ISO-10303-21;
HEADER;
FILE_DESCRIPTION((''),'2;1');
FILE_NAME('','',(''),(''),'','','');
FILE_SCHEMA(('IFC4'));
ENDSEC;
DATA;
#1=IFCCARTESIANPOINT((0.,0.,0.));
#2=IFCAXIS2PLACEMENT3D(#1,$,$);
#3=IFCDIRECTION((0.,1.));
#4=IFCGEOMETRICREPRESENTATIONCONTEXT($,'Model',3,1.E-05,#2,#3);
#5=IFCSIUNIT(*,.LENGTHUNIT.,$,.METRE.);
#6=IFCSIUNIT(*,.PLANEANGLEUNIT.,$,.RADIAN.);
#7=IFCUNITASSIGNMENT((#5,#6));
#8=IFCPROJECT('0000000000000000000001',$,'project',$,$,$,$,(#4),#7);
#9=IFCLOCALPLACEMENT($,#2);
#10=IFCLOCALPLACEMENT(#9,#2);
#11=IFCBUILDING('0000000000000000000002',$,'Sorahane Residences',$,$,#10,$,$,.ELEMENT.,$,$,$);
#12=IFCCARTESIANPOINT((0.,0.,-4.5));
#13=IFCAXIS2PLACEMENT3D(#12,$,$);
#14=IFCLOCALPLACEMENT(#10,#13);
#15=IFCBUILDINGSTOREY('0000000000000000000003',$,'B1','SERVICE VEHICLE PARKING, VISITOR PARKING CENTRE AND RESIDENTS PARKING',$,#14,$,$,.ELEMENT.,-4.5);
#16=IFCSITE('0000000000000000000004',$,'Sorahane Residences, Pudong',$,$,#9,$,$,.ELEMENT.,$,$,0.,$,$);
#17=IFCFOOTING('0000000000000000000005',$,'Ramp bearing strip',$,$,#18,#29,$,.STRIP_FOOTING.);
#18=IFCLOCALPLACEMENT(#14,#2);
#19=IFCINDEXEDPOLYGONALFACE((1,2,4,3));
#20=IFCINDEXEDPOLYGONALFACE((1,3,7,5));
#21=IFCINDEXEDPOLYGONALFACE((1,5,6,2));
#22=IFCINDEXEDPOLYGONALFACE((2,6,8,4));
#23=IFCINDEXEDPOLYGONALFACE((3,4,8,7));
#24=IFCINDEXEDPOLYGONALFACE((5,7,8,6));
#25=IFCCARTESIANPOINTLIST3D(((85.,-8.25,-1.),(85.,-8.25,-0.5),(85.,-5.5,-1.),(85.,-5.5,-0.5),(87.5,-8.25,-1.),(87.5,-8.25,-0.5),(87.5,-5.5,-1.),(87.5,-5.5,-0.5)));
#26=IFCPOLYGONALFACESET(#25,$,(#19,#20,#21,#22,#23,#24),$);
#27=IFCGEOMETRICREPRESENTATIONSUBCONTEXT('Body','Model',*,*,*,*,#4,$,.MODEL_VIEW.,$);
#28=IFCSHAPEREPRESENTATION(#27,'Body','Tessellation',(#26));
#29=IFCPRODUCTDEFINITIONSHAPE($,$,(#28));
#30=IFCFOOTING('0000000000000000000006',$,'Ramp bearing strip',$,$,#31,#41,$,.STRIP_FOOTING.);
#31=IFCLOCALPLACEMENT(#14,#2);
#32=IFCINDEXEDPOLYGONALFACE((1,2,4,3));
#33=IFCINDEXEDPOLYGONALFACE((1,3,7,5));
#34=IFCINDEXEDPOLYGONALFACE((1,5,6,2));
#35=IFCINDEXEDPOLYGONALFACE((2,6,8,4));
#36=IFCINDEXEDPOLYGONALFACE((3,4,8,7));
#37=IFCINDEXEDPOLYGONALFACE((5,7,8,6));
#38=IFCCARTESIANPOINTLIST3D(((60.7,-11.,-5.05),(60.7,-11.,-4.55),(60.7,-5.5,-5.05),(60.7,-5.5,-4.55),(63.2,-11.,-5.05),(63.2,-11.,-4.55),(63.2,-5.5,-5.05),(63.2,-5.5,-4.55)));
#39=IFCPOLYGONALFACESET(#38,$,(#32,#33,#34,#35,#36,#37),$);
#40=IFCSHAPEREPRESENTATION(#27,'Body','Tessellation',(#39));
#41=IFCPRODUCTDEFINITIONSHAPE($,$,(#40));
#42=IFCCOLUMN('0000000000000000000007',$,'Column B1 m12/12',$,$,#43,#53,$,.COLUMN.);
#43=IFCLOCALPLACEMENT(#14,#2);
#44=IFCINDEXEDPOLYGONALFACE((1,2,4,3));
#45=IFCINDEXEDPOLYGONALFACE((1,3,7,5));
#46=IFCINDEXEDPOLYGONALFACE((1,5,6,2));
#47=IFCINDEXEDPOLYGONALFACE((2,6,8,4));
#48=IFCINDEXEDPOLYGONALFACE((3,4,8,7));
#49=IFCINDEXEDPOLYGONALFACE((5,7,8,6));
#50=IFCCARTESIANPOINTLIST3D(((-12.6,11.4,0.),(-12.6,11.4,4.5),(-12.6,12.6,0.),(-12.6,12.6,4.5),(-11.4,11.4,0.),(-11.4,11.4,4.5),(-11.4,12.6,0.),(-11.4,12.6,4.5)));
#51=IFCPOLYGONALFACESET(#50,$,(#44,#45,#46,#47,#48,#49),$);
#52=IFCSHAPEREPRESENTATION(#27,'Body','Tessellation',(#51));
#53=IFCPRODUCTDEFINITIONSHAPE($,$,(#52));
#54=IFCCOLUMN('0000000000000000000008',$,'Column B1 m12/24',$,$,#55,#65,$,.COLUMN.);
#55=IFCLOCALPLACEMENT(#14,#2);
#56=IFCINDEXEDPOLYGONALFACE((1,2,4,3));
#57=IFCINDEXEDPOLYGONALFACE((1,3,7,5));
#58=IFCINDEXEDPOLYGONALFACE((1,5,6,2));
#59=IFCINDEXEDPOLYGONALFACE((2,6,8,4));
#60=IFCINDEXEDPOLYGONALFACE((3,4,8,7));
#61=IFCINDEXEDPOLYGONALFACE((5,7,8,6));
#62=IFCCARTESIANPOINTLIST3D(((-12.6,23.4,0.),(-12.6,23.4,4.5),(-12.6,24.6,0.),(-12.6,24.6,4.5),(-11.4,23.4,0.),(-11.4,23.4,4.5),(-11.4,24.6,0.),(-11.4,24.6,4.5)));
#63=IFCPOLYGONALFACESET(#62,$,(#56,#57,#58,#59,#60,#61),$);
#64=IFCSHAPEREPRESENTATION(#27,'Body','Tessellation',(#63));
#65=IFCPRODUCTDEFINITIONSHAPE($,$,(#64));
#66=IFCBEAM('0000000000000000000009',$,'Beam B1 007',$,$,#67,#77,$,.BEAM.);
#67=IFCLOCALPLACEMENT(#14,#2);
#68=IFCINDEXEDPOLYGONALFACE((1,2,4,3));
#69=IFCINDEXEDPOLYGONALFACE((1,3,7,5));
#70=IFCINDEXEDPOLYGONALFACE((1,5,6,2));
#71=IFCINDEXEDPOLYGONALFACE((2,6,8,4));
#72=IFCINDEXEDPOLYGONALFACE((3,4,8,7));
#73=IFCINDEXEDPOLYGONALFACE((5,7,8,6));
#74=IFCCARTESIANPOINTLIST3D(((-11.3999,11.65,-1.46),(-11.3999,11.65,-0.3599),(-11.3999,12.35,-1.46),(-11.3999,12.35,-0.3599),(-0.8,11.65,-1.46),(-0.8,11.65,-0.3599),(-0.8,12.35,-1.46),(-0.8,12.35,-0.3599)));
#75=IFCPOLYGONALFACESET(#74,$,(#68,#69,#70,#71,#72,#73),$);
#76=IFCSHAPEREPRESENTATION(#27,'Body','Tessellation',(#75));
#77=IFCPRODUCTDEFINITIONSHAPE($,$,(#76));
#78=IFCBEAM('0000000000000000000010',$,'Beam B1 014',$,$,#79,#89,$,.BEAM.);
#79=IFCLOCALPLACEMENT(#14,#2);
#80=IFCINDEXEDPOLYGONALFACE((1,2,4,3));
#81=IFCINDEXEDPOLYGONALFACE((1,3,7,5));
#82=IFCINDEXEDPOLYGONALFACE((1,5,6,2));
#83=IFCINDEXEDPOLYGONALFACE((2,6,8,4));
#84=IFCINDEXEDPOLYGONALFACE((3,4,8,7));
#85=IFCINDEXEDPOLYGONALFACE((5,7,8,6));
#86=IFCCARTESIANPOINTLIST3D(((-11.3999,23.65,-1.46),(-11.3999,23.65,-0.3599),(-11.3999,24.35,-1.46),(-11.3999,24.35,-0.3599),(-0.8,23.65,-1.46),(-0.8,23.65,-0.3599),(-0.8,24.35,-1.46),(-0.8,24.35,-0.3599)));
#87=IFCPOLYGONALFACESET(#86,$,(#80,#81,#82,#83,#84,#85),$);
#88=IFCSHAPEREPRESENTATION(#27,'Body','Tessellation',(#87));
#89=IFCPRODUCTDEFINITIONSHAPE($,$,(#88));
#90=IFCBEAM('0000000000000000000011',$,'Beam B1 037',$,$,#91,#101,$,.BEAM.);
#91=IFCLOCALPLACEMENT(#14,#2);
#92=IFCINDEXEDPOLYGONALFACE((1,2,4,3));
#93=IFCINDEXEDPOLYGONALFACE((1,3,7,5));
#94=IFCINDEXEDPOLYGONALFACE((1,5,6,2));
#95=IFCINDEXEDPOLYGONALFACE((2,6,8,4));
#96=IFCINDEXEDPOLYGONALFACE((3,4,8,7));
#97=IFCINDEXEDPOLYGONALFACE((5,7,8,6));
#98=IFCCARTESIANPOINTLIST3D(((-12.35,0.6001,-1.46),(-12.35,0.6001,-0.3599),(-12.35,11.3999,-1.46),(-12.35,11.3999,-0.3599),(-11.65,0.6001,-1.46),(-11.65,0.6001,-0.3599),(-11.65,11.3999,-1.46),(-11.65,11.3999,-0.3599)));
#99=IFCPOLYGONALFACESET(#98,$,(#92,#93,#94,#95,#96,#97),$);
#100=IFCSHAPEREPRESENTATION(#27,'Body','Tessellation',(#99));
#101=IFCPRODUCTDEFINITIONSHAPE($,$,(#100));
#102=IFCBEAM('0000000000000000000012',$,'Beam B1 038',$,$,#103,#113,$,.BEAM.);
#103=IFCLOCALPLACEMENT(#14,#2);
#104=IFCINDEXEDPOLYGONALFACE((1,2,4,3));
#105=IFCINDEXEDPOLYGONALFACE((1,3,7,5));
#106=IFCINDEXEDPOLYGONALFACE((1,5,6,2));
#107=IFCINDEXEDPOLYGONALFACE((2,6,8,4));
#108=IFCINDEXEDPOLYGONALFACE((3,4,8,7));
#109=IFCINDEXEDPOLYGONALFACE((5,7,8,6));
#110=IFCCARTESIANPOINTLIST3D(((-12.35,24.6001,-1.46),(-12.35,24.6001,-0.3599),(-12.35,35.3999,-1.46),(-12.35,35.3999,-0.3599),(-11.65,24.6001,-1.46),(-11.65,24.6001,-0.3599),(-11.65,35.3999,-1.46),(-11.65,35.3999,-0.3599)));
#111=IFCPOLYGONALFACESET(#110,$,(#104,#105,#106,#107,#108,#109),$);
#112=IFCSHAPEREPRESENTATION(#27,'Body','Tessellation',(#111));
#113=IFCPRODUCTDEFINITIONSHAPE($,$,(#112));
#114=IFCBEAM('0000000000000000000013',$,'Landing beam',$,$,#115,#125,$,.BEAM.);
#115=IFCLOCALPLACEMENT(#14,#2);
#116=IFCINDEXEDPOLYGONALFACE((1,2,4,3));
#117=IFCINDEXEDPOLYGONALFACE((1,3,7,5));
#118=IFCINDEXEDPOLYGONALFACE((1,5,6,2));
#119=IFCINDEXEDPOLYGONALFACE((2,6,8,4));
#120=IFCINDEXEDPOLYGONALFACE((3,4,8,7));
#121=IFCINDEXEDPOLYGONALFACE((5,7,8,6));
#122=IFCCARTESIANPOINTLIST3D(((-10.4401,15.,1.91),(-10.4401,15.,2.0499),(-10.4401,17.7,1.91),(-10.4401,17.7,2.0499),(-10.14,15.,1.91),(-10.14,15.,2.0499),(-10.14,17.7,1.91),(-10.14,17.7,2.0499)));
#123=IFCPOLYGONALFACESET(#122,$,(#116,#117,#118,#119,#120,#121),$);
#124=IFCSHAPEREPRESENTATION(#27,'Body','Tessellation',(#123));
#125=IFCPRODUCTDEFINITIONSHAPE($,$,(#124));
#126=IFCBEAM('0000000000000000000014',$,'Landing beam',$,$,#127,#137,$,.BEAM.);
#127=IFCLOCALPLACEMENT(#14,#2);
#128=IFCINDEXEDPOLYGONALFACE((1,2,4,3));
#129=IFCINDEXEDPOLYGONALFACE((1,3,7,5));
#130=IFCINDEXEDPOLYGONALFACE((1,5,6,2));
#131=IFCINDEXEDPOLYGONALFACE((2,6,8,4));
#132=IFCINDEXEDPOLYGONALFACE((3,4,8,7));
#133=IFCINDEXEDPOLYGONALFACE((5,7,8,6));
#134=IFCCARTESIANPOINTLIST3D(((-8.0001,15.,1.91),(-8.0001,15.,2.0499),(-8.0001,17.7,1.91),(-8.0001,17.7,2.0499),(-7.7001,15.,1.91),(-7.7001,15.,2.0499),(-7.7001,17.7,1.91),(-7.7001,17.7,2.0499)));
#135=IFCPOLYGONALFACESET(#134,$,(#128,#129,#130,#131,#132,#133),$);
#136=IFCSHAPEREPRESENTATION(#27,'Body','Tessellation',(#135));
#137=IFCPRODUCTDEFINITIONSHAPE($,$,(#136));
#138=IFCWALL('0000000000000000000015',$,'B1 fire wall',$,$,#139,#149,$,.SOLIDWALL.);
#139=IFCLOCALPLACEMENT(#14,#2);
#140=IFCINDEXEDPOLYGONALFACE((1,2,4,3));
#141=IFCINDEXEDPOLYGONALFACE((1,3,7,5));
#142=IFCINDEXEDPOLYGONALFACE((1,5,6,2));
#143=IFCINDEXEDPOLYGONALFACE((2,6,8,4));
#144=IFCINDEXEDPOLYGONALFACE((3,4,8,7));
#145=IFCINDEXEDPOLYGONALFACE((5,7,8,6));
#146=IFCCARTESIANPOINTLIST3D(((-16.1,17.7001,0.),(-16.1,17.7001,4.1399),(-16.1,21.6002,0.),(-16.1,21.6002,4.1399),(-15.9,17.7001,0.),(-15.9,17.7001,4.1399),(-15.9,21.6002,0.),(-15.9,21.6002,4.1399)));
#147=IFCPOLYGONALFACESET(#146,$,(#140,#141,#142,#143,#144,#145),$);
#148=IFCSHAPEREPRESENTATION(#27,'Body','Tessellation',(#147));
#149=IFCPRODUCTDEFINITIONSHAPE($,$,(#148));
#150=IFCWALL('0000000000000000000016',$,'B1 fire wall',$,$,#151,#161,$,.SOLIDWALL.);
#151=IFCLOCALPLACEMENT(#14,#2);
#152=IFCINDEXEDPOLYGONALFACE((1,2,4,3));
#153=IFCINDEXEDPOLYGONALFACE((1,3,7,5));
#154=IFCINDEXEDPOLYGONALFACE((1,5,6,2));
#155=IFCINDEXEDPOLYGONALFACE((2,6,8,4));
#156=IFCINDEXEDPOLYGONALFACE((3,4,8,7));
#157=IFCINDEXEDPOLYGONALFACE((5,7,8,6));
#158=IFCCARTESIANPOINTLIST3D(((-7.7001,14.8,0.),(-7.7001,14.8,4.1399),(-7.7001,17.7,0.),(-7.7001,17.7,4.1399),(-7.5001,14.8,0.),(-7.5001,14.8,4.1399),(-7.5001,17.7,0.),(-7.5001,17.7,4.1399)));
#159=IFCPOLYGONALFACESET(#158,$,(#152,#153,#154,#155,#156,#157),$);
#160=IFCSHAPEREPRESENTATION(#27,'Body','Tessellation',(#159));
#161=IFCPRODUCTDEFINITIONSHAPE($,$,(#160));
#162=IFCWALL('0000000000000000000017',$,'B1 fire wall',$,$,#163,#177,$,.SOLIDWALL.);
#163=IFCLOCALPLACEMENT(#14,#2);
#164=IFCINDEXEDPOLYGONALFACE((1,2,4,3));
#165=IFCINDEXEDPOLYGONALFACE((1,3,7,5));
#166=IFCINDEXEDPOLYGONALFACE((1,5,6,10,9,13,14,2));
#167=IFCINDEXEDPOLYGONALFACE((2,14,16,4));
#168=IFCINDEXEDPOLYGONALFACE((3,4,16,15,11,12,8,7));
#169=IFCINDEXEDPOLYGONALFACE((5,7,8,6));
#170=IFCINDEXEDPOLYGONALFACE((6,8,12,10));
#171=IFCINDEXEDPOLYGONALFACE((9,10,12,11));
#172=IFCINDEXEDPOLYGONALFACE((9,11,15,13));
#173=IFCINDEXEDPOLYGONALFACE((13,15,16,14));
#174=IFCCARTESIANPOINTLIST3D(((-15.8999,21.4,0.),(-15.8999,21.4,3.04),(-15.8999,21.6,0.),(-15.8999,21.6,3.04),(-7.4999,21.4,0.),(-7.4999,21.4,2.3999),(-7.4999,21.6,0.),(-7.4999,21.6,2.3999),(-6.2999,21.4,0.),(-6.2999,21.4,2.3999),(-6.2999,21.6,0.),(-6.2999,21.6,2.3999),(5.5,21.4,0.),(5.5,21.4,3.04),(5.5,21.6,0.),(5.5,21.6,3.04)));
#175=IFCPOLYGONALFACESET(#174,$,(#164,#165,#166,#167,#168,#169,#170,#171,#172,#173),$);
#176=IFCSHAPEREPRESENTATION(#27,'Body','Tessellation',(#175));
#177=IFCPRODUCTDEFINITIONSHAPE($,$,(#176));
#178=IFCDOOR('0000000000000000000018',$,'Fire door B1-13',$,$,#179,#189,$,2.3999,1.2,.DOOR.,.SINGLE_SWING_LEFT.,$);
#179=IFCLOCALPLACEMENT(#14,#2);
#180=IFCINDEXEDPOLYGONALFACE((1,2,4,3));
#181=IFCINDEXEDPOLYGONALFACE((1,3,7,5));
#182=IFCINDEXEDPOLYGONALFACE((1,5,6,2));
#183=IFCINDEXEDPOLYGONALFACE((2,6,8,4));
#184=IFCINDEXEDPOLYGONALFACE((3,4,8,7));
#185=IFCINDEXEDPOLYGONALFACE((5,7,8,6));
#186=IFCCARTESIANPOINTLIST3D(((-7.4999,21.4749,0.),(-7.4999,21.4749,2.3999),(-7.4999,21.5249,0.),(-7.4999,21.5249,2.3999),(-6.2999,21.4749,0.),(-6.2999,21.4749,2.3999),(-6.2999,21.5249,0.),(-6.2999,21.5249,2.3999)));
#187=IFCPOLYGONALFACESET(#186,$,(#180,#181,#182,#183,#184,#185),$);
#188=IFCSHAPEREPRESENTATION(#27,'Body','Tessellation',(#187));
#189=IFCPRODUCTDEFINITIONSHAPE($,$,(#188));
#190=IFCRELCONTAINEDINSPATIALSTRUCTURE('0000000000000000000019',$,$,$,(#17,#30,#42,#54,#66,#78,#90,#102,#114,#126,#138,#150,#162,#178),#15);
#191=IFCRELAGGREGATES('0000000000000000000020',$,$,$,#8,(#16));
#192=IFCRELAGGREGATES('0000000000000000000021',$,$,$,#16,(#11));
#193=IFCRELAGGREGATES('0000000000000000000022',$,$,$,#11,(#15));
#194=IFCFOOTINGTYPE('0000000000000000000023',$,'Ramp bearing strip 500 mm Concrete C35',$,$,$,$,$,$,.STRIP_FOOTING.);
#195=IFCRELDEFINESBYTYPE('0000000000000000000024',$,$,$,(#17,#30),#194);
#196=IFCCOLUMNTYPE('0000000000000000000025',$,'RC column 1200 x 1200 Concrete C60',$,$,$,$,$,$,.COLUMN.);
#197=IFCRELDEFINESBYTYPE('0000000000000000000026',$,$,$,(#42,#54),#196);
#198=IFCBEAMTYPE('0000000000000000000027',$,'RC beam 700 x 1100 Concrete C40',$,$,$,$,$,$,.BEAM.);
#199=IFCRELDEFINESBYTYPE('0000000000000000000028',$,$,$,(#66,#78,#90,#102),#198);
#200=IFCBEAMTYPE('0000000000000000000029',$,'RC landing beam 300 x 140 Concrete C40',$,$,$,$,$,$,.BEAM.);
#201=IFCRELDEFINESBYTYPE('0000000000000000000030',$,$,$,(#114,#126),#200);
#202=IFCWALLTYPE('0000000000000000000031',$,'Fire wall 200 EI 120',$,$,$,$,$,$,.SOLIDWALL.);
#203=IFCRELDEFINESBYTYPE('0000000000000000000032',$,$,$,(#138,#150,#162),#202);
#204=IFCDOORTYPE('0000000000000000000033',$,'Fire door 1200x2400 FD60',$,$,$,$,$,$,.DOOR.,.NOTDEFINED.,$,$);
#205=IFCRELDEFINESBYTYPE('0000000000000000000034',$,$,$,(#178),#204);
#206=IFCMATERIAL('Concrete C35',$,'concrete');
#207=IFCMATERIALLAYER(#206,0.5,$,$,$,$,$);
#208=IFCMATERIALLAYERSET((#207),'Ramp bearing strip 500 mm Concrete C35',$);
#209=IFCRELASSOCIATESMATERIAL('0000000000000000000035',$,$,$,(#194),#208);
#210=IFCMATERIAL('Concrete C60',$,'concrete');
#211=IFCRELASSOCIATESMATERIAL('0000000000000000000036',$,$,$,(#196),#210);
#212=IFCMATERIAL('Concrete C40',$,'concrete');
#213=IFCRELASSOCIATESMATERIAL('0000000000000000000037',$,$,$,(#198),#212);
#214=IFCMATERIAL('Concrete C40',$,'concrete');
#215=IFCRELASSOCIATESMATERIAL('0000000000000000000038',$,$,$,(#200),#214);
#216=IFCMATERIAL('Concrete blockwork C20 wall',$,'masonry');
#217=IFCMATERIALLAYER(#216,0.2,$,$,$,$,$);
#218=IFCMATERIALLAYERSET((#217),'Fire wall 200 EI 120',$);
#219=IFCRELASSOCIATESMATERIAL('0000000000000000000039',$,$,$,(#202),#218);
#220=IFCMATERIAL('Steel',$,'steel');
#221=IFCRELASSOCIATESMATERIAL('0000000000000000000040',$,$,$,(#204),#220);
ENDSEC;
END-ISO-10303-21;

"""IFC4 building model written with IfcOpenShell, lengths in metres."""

from ifc_helpers import new_model, si_unit, direction, frame, frame_2d, origin, origin_2d, place, context, subcontext, project, spatial, polyline, rectangle, outline, extrude, material, layer, layer_set, material_profile, profile_set, type_object, element, fill, save


model = new_model("IFC4")

# Units and contexts
model_context = context("Model", 3, precision=1e-05, world=origin(), true_north=direction((0.0, 1.0)))
body_context = subcontext(model_context, "Body", "Model", "MODEL_VIEW")
ifc_project = project(units=[si_unit("LENGTHUNIT", "METRE"), si_unit("PLANEANGLEUNIT", "RADIAN")], contexts=[model_context])

# Site, building, storey
site_placement = place(None, origin())
site = spatial("IfcSite", under=ifc_project, at=site_placement, Name="Sorahane Residences, Pudong", CompositionType="ELEMENT", RefElevation=0.0)
building_placement = place(site_placement, origin())
building = spatial("IfcBuilding", under=site, at=building_placement, Name="Sorahane Residences", CompositionType="ELEMENT")
storey_placement = place(building_placement, frame((0.0, 0.0, -4.5)))
storey = spatial("IfcBuildingStorey", under=building, at=storey_placement, Name="B1", Description="SERVICE VEHICLE PARKING, VISITOR PARKING CENTRE AND RESIDENTS PARKING", CompositionType="ELEMENT", Elevation=-4.5)

# Footings
ifc_material_1 = material(Name="Concrete C35", Category="concrete")
ifc_layer_1 = layer(ifc_material_1, 0.5)
ifc_layer_set_1 = layer_set([ifc_layer_1], Name="Ramp bearing strip 500 mm Concrete C35")
footing_type = type_object("IfcFootingType", Name="Ramp bearing strip 500 mm Concrete C35", PredefinedType="STRIP_FOOTING", material=ifc_layer_set_1)
footing_1_placement = place(storey_placement, frame((0.0, 0.0, -1.0)))
element("IfcFooting", 1, at=footing_1_placement, inside=storey, type_object=footing_type, Name="Ramp bearing strip", PredefinedType="STRIP_FOOTING", context=body_context, shape_type="SweptSolid", body=[
    extrude(outline(polyline([(85.0, -8.25), (87.5, -8.25), (87.5, -5.5), (85.0, -5.5), (85.0, -8.25)])), origin(), (0.0, 0.0, 1.0), 0.5),
])
footing_2_placement = place(storey_placement, frame((0.0, 0.0, -5.05)))
element("IfcFooting", 2, at=footing_2_placement, inside=storey, type_object=footing_type, Name="Ramp bearing strip", PredefinedType="STRIP_FOOTING", context=body_context, shape_type="SweptSolid", body=[
    extrude(outline(polyline([(60.7, -11.0), (63.2, -11.0), (63.2, -5.5), (60.7, -5.5), (60.7, -11.0)])), origin(), (0.0, 0.0, 1.0), 0.5),
])

# Columns
ifc_material_2 = material(Name="Concrete C60", Category="concrete")
ifc_material_profile_1 = material_profile(ifc_material_2, rectangle(XDim=1.2, YDim=1.2, at=origin_2d()), Name="1200x1200")
ifc_profile_set_1 = profile_set([ifc_material_profile_1], Name="Concrete C60")
column_type = type_object("IfcColumnType", Name="RC column 1200 x 1200 Concrete C60", PredefinedType="COLUMN", material=ifc_profile_set_1)
for number, where, z_axis, x_axis, name in (
    (3, (-12.0, 12.0, 0.0), (0.0, 0.0, 1.0), (1.0, 0.0, 0.0), "Column B1 m12/12"),
    (4, (-12.0, 24.0, 0.0), (0.0, 0.0, 1.0), (1.0, 0.0, 0.0), "Column B1 m12/24"),
):
    element("IfcColumn", number, at=place(storey_placement, frame(where, z_axis=z_axis, x_axis=x_axis)), inside=storey, type_object=column_type, Name=name, PredefinedType="COLUMN", context=body_context, shape_type="SweptSolid", body=[
        extrude(rectangle(XDim=1.2, YDim=1.2, at=origin_2d()), origin(), (0.0, 0.0, 1.0), 4.5),
    ])

# Beams
ifc_material_3 = material(Name="Concrete C40", Category="concrete")
ifc_material_profile_2 = material_profile(ifc_material_3, rectangle(XDim=0.7, YDim=1.1001, at=origin_2d()), Name="700x1100")
ifc_profile_set_2 = profile_set([ifc_material_profile_2], Name="Concrete C40")
beam_type_1 = type_object("IfcBeamType", Name="RC beam 700 x 1100 Concrete C40", PredefinedType="BEAM", material=ifc_profile_set_2)
for number, where, z_axis, x_axis, name in (
    (5, (-11.3999, 12.0, -0.9099), (1.0, 0.0, 0.0), (0.0, 1.0, 0.0), "Beam B1 007"),
    (6, (-11.3999, 24.0, -0.9099), (1.0, 0.0, 0.0), (0.0, 1.0, 0.0), "Beam B1 014"),
):
    element("IfcBeam", number, at=place(storey_placement, frame(where, z_axis=z_axis, x_axis=x_axis)), inside=storey, type_object=beam_type_1, Name=name, PredefinedType="BEAM", context=body_context, shape_type="SweptSolid", body=[
        extrude(rectangle(XDim=0.7, YDim=1.1001, at=origin_2d()), origin(), (0.0, 0.0, 1.0), 10.5999),
    ])
for number, where, z_axis, x_axis, name in (
    (7, (-12.0, 0.6001, -0.9099), (0.0, 1.0, 0.0), (-1.0, 0.0, 0.0), "Beam B1 037"),
    (8, (-12.0, 24.6001, -0.9099), (0.0, 1.0, 0.0), (-1.0, 0.0, 0.0), "Beam B1 038"),
):
    element("IfcBeam", number, at=place(storey_placement, frame(where, z_axis=z_axis, x_axis=x_axis)), inside=storey, type_object=beam_type_1, Name=name, PredefinedType="BEAM", context=body_context, shape_type="SweptSolid", body=[
        extrude(rectangle(XDim=0.7, YDim=1.1001, at=origin_2d()), origin(), (0.0, 0.0, 1.0), 10.7998),
    ])
ifc_material_4 = material(Name="Concrete C40", Category="concrete")
ifc_material_profile_3 = material_profile(ifc_material_4, rectangle(XDim=0.3, YDim=0.1399, at=origin_2d()), Name="300x140")
ifc_profile_set_3 = profile_set([ifc_material_profile_3], Name="Concrete C40")
beam_type_2 = type_object("IfcBeamType", Name="RC landing beam 300 x 140 Concrete C40", PredefinedType="BEAM", material=ifc_profile_set_3)
for number, where, z_axis, x_axis, name in (
    (9, (-10.29, 15.0, 1.98), (0.0, 1.0, 0.0), (-1.0, 0.0, 0.0), "Landing beam"),
    (10, (-7.8501, 15.0, 1.98), (0.0, 1.0, 0.0), (-1.0, 0.0, 0.0), "Landing beam"),
):
    element("IfcBeam", number, at=place(storey_placement, frame(where, z_axis=z_axis, x_axis=x_axis)), inside=storey, type_object=beam_type_2, Name=name, PredefinedType="BEAM", context=body_context, shape_type="SweptSolid", body=[
        extrude(rectangle(XDim=0.3, YDim=0.1399, at=origin_2d()), origin(), (0.0, 0.0, 1.0), 2.7),
    ])

# Wall
ifc_material_5 = material(Name="Concrete blockwork C20 wall", Category="masonry")
ifc_layer_2 = layer(ifc_material_5, 0.2)
ifc_layer_set_2 = layer_set([ifc_layer_2], Name="Fire wall 200 EI 120")
wall_type_1 = type_object("IfcWallType", Name="Fire wall 200 EI 120", PredefinedType="SOLIDWALL", material=ifc_layer_set_2)
wall_1_placement = place(storey_placement, frame((-16.0, 17.7, 0.0), z_axis=(0.0, 0.0, 1.0), x_axis=(0.0, 1.0, 0.0)))
element("IfcWall", 11, at=wall_1_placement, inside=storey, type_object=wall_type_1, Name="B1 fire wall", PredefinedType="SOLIDWALL", context=body_context, shape_type="SweptSolid", body=[
    extrude(rectangle(XDim=3.9001, YDim=0.2, at=frame_2d((1.9502, 0.0))), origin(), (0.0, 0.0, 1.0), 4.1399),
])

# Wall
wall_2_placement = place(storey_placement, frame((-7.6001, 14.8, 0.0), z_axis=(0.0, 0.0, 1.0), x_axis=(0.0, 1.0, 0.0)))
element("IfcWall", 12, at=wall_2_placement, inside=storey, type_object=wall_type_1, Name="B1 fire wall", PredefinedType="SOLIDWALL", context=body_context, shape_type="SweptSolid", body=[
    extrude(rectangle(XDim=2.8999, YDim=0.2, at=frame_2d((1.45, 0.0))), origin(), (0.0, 0.0, 1.0), 4.1399),
])

# Wall, opening, door
wall_3_placement = place(storey_placement, frame((-15.8999, 21.5, 0.0), z_axis=(0.0, 0.0, 1.0), x_axis=(1.0, 0.0, 0.0)))
wall_3 = element("IfcWall", 13, at=wall_3_placement, inside=storey, type_object=wall_type_1, Name="B1 fire wall", PredefinedType="SOLIDWALL", context=body_context, shape_type="SweptSolid", body=[
    extrude(rectangle(XDim=21.3999, YDim=0.2, at=frame_2d((10.7, 0.0))), origin(), (0.0, 0.0, 1.0), 3.04),
])
opening_1_placement = place(wall_3_placement, frame((8.3999, 0.0, 0.0)))
opening_1 = element("IfcOpeningElement", 14, at=opening_1_placement, cuts=wall_3, PredefinedType="OPENING", context=body_context, shape_type="SweptSolid", body=[
    extrude(rectangle(XDim=1.2, YDim=2.3999, at=frame_2d((0.6001, 1.2))), frame((0.0, 0.1099, 0.0), z_axis=(0.0, -1.0, 0.0), x_axis=(1.0, 0.0, 0.0)), (0.0, 0.0, 1.0), 0.22),
])
ifc_material_6 = material(Name="Steel", Category="steel")
door_type_1 = type_object("IfcDoorType", Name="Fire door 1200x2400 FD60", OperationType="NOTDEFINED", PredefinedType="DOOR", material=ifc_material_6)
door_1_placement = place(opening_1_placement, origin())
door_1 = element("IfcDoor", 15, at=door_1_placement, inside=storey, type_object=door_type_1, Name="Fire door B1-13", OperationType="SINGLE_SWING_LEFT", OverallHeight=2.3999, OverallWidth=1.2, PredefinedType="DOOR", context=body_context, shape_type="SweptSolid", body=[
    extrude(rectangle(XDim=1.2, YDim=2.3999, at=frame_2d((0.6001, 1.2))), frame((0.0, 0.0249, 0.0), z_axis=(0.0, -1.0, 0.0), x_axis=(1.0, 0.0, 0.0)), (0.0, 0.0, 1.0), 0.05),
])
fill(opening_1, door_1)

save(model, "model.ifc")
